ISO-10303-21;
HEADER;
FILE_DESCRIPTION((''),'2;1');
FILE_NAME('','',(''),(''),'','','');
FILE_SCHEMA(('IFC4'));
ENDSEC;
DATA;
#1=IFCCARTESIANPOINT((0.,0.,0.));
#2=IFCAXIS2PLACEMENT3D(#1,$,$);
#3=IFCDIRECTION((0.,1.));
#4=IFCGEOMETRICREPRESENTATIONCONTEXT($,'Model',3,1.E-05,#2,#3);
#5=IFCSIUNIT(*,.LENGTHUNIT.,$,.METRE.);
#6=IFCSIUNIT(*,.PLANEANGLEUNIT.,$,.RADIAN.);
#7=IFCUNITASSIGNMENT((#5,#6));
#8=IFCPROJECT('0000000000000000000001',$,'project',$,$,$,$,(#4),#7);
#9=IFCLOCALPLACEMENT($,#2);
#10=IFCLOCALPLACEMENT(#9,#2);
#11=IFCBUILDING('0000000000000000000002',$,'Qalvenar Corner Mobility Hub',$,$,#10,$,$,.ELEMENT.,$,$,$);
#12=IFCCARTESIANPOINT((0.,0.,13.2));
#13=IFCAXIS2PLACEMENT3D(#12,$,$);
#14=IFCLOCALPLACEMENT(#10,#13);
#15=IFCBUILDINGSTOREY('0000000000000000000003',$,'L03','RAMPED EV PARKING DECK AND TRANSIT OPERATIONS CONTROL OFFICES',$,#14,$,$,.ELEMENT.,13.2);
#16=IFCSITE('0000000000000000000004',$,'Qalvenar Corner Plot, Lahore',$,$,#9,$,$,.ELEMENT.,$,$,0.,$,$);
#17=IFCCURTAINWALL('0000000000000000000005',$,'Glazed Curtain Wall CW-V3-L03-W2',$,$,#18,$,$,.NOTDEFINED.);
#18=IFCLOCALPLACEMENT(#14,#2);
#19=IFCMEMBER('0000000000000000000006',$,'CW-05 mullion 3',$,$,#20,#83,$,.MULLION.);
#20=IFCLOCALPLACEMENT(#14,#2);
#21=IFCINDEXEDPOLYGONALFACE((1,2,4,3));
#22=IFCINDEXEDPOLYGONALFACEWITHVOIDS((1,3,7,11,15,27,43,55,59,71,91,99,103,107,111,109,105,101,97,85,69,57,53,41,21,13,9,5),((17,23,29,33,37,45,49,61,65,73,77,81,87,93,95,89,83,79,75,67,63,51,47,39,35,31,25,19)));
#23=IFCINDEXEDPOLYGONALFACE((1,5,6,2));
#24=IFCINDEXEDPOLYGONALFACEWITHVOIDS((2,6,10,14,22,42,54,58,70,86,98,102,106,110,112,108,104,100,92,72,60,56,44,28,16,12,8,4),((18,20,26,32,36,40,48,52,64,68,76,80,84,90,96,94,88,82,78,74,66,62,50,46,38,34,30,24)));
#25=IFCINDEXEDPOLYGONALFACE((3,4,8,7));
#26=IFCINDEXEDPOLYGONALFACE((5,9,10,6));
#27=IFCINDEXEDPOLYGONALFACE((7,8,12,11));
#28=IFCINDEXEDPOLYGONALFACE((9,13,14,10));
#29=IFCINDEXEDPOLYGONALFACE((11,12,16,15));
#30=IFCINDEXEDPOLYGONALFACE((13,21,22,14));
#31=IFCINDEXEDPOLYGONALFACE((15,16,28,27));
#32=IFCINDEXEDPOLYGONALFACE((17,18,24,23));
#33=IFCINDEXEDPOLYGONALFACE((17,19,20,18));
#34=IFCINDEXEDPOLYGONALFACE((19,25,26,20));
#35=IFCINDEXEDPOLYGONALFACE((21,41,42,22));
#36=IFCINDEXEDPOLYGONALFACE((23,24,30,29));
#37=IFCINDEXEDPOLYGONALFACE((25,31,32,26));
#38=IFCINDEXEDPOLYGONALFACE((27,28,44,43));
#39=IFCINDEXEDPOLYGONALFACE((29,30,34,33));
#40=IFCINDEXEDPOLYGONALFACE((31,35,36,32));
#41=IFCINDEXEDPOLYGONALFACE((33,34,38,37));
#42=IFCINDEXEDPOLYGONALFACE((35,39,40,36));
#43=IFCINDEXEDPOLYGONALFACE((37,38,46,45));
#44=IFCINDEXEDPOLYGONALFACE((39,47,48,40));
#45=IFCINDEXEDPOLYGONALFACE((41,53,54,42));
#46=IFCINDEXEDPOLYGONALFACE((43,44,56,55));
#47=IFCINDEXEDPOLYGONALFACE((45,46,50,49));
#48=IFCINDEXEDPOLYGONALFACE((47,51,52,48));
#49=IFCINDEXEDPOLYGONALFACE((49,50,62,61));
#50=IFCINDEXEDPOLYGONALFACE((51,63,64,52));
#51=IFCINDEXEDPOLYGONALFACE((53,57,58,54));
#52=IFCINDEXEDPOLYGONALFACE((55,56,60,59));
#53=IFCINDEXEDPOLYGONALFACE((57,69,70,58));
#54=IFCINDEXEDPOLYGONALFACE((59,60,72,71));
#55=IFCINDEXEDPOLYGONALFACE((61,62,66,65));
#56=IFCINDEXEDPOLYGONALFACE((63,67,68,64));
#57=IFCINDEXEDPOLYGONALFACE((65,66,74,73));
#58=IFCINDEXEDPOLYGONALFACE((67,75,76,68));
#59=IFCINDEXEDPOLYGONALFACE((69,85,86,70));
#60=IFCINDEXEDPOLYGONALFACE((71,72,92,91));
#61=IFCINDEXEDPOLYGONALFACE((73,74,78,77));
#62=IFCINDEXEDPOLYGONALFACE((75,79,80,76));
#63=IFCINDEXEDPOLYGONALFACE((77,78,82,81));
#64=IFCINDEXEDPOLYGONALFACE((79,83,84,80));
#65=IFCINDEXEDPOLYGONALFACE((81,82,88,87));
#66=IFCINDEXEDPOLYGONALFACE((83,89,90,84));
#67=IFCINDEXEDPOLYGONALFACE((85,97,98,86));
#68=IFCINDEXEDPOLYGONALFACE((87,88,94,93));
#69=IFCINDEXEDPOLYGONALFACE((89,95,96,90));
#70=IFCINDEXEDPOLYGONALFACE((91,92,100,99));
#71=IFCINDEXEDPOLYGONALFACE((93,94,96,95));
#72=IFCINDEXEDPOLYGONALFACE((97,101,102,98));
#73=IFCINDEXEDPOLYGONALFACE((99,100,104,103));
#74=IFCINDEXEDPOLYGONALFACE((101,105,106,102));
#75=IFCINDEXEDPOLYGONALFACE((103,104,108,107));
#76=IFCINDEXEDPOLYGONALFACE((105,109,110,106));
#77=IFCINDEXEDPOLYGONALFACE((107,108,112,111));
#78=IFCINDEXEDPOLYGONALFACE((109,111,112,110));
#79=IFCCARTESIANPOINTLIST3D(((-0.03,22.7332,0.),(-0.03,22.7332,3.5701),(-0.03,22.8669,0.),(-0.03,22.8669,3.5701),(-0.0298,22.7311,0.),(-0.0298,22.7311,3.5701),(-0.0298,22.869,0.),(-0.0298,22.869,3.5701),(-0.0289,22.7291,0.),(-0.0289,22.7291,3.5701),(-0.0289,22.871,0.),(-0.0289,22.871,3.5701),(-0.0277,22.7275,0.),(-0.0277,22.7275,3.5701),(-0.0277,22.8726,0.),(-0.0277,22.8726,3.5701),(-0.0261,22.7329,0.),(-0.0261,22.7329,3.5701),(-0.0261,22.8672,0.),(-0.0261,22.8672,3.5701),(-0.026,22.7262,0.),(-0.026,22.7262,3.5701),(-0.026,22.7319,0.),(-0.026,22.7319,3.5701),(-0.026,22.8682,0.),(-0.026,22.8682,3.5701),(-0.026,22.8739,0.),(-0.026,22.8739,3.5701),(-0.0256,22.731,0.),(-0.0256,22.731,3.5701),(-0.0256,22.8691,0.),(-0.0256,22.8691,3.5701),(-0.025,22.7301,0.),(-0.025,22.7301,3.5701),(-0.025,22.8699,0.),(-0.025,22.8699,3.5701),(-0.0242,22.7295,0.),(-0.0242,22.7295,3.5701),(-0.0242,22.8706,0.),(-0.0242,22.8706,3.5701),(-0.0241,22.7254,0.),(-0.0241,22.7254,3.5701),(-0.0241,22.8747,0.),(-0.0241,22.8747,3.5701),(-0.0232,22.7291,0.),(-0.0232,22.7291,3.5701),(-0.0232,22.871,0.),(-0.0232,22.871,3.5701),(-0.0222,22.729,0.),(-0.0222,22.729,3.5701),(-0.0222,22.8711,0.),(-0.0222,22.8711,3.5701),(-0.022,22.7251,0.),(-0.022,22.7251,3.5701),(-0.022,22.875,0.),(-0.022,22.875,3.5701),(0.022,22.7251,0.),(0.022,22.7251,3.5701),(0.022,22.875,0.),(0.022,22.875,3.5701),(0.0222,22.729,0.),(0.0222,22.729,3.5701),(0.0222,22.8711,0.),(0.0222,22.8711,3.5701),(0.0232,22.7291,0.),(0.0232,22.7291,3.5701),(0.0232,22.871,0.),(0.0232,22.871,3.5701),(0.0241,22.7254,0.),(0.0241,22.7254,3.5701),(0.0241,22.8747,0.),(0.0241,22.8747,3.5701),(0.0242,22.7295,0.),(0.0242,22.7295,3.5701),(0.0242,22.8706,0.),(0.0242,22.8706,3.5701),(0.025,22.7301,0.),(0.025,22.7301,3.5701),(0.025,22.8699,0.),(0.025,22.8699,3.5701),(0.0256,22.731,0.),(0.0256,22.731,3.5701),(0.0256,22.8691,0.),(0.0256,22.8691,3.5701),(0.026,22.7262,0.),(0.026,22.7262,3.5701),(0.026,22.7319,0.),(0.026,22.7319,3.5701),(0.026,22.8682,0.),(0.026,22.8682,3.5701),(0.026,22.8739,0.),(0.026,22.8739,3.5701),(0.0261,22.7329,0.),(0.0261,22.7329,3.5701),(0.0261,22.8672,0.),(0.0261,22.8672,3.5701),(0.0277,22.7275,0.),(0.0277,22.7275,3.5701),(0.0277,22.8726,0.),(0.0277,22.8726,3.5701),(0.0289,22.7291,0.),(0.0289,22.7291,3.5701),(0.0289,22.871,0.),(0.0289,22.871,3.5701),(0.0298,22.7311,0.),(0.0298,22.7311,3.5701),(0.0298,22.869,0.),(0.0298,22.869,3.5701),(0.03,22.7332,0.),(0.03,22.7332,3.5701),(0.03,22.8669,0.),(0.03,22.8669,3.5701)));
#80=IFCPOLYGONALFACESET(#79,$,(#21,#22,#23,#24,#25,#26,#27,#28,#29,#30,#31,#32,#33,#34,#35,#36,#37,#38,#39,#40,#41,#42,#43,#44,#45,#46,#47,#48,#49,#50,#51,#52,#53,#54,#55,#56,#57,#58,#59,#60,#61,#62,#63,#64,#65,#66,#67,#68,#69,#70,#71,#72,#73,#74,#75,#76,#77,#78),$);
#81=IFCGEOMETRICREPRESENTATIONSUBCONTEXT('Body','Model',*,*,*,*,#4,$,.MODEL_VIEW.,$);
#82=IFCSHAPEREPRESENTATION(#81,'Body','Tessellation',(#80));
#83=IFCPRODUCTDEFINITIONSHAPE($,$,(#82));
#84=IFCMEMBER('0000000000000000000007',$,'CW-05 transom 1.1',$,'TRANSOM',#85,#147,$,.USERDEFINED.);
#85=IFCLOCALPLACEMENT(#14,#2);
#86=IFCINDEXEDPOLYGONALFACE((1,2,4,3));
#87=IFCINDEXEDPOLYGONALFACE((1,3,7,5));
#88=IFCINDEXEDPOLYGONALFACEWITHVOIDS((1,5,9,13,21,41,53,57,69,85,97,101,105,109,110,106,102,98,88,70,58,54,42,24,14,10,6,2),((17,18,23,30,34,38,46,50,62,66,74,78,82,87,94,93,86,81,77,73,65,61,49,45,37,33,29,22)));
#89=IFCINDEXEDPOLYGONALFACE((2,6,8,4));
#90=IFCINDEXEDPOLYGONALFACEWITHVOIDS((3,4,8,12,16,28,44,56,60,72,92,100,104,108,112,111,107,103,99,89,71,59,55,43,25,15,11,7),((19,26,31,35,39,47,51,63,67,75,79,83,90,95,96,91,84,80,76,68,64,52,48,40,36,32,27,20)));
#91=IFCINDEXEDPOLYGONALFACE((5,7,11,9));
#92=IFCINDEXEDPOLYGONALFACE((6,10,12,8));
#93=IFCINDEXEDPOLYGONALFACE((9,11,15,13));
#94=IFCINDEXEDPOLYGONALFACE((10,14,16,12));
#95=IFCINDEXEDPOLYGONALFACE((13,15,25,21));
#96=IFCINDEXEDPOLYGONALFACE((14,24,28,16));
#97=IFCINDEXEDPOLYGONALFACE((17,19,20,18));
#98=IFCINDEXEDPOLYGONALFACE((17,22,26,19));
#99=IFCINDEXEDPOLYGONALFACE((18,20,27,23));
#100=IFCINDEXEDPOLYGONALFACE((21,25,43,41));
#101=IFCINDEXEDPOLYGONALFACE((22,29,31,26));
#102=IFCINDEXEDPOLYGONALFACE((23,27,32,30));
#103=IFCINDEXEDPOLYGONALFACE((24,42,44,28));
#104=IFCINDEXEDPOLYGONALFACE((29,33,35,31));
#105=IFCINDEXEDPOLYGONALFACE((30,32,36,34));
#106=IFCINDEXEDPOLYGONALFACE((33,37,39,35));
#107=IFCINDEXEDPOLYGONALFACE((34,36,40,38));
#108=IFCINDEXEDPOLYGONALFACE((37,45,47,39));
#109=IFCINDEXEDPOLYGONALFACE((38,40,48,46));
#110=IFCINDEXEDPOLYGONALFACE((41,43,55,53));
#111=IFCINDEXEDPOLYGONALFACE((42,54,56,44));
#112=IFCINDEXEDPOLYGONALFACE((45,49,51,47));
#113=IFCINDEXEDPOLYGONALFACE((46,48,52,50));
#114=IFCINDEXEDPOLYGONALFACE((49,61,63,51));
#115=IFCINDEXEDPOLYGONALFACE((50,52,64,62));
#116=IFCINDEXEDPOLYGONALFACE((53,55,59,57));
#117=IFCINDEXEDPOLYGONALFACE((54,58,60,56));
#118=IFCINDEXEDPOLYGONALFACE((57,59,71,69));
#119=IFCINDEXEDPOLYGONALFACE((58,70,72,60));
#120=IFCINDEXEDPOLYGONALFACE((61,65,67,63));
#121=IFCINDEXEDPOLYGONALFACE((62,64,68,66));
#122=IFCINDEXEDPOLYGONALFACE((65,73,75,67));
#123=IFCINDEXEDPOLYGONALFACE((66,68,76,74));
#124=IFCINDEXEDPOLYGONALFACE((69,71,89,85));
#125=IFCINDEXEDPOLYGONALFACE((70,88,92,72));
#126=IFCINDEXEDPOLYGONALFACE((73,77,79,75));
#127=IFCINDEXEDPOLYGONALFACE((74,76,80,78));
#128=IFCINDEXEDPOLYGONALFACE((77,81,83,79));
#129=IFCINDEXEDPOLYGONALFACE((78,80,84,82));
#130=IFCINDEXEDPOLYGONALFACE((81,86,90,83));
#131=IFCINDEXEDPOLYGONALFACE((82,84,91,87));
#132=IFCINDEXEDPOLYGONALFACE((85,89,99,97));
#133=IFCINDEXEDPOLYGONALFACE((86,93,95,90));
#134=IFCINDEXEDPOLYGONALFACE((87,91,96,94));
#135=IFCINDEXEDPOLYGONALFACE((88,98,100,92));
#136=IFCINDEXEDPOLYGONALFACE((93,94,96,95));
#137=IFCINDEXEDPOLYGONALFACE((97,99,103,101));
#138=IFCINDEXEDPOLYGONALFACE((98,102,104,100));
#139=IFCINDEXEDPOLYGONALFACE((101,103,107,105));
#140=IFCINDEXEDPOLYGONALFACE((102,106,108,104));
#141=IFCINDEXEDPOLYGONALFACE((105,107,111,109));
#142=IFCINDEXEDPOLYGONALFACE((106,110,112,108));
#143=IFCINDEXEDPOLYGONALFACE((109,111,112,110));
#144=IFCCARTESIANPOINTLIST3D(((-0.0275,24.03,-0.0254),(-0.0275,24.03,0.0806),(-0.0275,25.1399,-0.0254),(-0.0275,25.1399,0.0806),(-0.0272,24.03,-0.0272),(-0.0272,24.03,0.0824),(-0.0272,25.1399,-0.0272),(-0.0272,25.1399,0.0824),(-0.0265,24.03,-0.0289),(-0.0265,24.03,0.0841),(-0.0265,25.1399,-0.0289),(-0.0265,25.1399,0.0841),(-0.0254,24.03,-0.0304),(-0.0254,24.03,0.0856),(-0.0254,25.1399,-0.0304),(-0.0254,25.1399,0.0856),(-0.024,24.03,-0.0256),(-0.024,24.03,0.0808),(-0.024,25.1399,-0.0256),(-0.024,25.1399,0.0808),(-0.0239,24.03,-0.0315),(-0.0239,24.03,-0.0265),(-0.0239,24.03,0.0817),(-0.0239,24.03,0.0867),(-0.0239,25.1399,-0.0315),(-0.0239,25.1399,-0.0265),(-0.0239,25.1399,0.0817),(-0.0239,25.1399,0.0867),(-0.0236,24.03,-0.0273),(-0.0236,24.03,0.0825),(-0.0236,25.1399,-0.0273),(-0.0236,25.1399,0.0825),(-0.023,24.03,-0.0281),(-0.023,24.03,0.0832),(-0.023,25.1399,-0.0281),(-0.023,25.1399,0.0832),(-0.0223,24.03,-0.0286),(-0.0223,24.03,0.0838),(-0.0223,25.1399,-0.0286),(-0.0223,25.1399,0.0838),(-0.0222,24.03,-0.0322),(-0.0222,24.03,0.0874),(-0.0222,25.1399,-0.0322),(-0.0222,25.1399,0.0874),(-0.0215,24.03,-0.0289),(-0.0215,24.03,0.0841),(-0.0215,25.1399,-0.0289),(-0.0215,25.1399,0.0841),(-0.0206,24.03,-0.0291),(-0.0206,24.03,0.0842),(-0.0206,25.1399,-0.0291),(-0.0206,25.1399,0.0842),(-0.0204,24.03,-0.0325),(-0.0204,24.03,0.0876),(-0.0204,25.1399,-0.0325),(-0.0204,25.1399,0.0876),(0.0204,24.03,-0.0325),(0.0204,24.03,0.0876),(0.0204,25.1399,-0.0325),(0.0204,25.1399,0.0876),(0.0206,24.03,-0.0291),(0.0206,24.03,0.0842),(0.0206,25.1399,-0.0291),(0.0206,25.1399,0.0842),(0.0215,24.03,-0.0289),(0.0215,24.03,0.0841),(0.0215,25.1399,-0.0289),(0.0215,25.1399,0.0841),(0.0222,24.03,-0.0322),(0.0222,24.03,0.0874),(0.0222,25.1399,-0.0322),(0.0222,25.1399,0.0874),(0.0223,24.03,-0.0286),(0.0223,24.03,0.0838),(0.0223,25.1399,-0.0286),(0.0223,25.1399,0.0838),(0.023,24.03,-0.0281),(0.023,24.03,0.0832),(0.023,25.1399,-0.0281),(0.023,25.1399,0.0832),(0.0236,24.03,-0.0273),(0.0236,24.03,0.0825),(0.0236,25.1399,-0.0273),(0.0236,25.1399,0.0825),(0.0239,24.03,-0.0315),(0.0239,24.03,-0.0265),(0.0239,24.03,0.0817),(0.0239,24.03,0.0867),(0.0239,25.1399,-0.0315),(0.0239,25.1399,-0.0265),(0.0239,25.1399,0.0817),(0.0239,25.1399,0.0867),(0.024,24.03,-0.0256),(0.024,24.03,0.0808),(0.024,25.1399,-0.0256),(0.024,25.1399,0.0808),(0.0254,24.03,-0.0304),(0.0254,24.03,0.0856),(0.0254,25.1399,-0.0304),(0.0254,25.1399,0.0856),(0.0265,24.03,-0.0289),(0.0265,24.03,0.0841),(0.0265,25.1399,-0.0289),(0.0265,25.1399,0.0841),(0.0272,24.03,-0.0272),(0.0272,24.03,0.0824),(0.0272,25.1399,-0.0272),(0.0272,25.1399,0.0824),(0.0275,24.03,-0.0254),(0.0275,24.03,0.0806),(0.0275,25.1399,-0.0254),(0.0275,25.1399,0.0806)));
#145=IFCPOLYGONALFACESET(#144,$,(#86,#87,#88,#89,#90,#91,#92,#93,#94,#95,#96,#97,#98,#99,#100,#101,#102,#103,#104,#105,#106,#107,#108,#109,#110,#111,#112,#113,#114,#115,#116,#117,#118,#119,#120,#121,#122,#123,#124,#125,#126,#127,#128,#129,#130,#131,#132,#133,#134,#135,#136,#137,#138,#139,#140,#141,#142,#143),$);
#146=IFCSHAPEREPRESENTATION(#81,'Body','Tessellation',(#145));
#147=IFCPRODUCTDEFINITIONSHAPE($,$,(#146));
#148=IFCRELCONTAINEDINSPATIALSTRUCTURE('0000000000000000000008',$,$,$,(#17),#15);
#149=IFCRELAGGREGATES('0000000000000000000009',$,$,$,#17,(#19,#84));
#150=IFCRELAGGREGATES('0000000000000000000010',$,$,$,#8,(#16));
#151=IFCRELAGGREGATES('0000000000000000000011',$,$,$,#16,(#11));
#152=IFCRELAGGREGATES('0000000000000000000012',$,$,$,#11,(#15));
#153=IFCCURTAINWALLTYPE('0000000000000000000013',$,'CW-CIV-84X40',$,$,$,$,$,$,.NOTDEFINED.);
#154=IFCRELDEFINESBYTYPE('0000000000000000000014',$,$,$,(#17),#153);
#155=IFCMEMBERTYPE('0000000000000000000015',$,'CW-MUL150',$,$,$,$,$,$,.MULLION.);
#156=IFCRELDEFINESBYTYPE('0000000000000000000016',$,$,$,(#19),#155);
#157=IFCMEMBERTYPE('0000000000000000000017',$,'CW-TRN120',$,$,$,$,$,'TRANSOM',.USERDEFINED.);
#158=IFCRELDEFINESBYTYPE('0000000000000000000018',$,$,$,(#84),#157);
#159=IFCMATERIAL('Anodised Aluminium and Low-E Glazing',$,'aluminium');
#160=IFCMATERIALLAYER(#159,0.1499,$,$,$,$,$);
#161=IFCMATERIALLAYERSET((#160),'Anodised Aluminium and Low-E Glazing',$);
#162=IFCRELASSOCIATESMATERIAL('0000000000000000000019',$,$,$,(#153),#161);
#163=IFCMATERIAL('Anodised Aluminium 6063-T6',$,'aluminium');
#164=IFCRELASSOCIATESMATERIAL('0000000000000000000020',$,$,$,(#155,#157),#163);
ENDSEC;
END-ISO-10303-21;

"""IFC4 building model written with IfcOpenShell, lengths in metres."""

from ifc_helpers import new_model, si_unit, direction, frame, origin, origin_2d, place, context, subcontext, project, spatial, hollow_rectangle, extrude, material, layer, layer_set, material_profile, profile_set, type_object, element, aggregate, save


model = new_model("IFC4")

# Units and contexts
model_context = context("Model", 3, precision=1e-05, world=origin(), true_north=direction((0.0, 1.0)))
body_context = subcontext(model_context, "Body", "Model", "MODEL_VIEW")
ifc_project = project(units=[si_unit("LENGTHUNIT", "METRE"), si_unit("PLANEANGLEUNIT", "RADIAN")], contexts=[model_context])

# Site, building, storey
site_placement = place(None, origin())
site = spatial("IfcSite", under=ifc_project, at=site_placement, Name="Qalvenar Corner Plot, Lahore", CompositionType="ELEMENT", RefElevation=0.0)
building_placement = place(site_placement, origin())
building = spatial("IfcBuilding", under=site, at=building_placement, Name="Qalvenar Corner Mobility Hub", CompositionType="ELEMENT")
storey_placement = place(building_placement, frame((0.0, 0.0, 13.2)))
storey = spatial("IfcBuildingStorey", under=building, at=storey_placement, Name="L03", Description="RAMPED EV PARKING DECK AND TRANSIT OPERATIONS CONTROL OFFICES", CompositionType="ELEMENT", Elevation=13.2)

# Curtain wall, members
ifc_material_1 = material(Name="Anodised Aluminium and Low-E Glazing", Category="aluminium")
ifc_layer_1 = layer(ifc_material_1, 0.1499)
ifc_layer_set_1 = layer_set([ifc_layer_1], Name="Anodised Aluminium and Low-E Glazing")
curtain_wall_type = type_object("IfcCurtainWallType", Name="CW-CIV-84X40", PredefinedType="NOTDEFINED", material=ifc_layer_set_1)
curtain_wall_placement = place(storey_placement, origin())
curtain_wall = element("IfcCurtainWall", 1, at=curtain_wall_placement, inside=storey, type_object=curtain_wall_type, Name="Glazed Curtain Wall CW-V3-L03-W2", PredefinedType="NOTDEFINED")
ifc_material_2 = material(Name="Anodised Aluminium 6063-T6", Category="aluminium")
ifc_material_profile_1 = material_profile(ifc_material_2, hollow_rectangle(XDim=0.0601, YDim=0.1499, WallThickness=0.0039, InnerFilletRadius=0.0039, OuterFilletRadius=0.0081, at=origin_2d()), Name="RHS150x60x4")
ifc_profile_set_1 = profile_set([ifc_material_profile_1], Name="Anodised Aluminium 6063-T6")
member_type_1 = type_object("IfcMemberType", Name="CW-MUL150", PredefinedType="MULLION", material=ifc_profile_set_1)
member_1_placement = place(storey_placement, frame((0.0, 22.8, 0.0), z_axis=(0.0, 0.0, 1.0), x_axis=(1.0, 0.0, 0.0)))
member_1 = element("IfcMember", 2, at=member_1_placement, type_object=member_type_1, Name="CW-05 mullion 3", PredefinedType="MULLION", context=body_context, shape_type="SweptSolid", body=[
    extrude(hollow_rectangle(XDim=0.0601, YDim=0.1499, WallThickness=0.0039, InnerFilletRadius=0.0039, OuterFilletRadius=0.0081, at=origin_2d()), origin(), (0.0, 0.0, 1.0), 3.5701),
])
ifc_material_profile_2 = material_profile(ifc_material_2, hollow_rectangle(XDim=0.0549, YDim=0.1201, WallThickness=0.0034, InnerFilletRadius=0.0034, OuterFilletRadius=0.0071, at=origin_2d()), Name="RHS120x55x3.5")
ifc_profile_set_2 = profile_set([ifc_material_profile_2], Name="Anodised Aluminium 6063-T6")
member_type_2 = type_object("IfcMemberType", Name="CW-TRN120", ElementType="TRANSOM", PredefinedType="USERDEFINED", material=ifc_profile_set_2)
member_2_placement = place(storey_placement, frame((0.0, 25.1399, 0.0276), z_axis=(0.0, -1.0, 0.0), x_axis=(1.0, 0.0, 0.0)))
member_2 = element("IfcMember", 3, at=member_2_placement, type_object=member_type_2, Name="CW-05 transom 1.1", ObjectType="TRANSOM", PredefinedType="USERDEFINED", context=body_context, shape_type="SweptSolid", body=[
    extrude(hollow_rectangle(XDim=0.0549, YDim=0.1201, WallThickness=0.0034, InnerFilletRadius=0.0034, OuterFilletRadius=0.0071, at=origin_2d()), origin(), (0.0, 0.0, 1.0), 1.1099),
])
aggregate(curtain_wall, [member_1, member_2])

save(model, "model.ifc")
